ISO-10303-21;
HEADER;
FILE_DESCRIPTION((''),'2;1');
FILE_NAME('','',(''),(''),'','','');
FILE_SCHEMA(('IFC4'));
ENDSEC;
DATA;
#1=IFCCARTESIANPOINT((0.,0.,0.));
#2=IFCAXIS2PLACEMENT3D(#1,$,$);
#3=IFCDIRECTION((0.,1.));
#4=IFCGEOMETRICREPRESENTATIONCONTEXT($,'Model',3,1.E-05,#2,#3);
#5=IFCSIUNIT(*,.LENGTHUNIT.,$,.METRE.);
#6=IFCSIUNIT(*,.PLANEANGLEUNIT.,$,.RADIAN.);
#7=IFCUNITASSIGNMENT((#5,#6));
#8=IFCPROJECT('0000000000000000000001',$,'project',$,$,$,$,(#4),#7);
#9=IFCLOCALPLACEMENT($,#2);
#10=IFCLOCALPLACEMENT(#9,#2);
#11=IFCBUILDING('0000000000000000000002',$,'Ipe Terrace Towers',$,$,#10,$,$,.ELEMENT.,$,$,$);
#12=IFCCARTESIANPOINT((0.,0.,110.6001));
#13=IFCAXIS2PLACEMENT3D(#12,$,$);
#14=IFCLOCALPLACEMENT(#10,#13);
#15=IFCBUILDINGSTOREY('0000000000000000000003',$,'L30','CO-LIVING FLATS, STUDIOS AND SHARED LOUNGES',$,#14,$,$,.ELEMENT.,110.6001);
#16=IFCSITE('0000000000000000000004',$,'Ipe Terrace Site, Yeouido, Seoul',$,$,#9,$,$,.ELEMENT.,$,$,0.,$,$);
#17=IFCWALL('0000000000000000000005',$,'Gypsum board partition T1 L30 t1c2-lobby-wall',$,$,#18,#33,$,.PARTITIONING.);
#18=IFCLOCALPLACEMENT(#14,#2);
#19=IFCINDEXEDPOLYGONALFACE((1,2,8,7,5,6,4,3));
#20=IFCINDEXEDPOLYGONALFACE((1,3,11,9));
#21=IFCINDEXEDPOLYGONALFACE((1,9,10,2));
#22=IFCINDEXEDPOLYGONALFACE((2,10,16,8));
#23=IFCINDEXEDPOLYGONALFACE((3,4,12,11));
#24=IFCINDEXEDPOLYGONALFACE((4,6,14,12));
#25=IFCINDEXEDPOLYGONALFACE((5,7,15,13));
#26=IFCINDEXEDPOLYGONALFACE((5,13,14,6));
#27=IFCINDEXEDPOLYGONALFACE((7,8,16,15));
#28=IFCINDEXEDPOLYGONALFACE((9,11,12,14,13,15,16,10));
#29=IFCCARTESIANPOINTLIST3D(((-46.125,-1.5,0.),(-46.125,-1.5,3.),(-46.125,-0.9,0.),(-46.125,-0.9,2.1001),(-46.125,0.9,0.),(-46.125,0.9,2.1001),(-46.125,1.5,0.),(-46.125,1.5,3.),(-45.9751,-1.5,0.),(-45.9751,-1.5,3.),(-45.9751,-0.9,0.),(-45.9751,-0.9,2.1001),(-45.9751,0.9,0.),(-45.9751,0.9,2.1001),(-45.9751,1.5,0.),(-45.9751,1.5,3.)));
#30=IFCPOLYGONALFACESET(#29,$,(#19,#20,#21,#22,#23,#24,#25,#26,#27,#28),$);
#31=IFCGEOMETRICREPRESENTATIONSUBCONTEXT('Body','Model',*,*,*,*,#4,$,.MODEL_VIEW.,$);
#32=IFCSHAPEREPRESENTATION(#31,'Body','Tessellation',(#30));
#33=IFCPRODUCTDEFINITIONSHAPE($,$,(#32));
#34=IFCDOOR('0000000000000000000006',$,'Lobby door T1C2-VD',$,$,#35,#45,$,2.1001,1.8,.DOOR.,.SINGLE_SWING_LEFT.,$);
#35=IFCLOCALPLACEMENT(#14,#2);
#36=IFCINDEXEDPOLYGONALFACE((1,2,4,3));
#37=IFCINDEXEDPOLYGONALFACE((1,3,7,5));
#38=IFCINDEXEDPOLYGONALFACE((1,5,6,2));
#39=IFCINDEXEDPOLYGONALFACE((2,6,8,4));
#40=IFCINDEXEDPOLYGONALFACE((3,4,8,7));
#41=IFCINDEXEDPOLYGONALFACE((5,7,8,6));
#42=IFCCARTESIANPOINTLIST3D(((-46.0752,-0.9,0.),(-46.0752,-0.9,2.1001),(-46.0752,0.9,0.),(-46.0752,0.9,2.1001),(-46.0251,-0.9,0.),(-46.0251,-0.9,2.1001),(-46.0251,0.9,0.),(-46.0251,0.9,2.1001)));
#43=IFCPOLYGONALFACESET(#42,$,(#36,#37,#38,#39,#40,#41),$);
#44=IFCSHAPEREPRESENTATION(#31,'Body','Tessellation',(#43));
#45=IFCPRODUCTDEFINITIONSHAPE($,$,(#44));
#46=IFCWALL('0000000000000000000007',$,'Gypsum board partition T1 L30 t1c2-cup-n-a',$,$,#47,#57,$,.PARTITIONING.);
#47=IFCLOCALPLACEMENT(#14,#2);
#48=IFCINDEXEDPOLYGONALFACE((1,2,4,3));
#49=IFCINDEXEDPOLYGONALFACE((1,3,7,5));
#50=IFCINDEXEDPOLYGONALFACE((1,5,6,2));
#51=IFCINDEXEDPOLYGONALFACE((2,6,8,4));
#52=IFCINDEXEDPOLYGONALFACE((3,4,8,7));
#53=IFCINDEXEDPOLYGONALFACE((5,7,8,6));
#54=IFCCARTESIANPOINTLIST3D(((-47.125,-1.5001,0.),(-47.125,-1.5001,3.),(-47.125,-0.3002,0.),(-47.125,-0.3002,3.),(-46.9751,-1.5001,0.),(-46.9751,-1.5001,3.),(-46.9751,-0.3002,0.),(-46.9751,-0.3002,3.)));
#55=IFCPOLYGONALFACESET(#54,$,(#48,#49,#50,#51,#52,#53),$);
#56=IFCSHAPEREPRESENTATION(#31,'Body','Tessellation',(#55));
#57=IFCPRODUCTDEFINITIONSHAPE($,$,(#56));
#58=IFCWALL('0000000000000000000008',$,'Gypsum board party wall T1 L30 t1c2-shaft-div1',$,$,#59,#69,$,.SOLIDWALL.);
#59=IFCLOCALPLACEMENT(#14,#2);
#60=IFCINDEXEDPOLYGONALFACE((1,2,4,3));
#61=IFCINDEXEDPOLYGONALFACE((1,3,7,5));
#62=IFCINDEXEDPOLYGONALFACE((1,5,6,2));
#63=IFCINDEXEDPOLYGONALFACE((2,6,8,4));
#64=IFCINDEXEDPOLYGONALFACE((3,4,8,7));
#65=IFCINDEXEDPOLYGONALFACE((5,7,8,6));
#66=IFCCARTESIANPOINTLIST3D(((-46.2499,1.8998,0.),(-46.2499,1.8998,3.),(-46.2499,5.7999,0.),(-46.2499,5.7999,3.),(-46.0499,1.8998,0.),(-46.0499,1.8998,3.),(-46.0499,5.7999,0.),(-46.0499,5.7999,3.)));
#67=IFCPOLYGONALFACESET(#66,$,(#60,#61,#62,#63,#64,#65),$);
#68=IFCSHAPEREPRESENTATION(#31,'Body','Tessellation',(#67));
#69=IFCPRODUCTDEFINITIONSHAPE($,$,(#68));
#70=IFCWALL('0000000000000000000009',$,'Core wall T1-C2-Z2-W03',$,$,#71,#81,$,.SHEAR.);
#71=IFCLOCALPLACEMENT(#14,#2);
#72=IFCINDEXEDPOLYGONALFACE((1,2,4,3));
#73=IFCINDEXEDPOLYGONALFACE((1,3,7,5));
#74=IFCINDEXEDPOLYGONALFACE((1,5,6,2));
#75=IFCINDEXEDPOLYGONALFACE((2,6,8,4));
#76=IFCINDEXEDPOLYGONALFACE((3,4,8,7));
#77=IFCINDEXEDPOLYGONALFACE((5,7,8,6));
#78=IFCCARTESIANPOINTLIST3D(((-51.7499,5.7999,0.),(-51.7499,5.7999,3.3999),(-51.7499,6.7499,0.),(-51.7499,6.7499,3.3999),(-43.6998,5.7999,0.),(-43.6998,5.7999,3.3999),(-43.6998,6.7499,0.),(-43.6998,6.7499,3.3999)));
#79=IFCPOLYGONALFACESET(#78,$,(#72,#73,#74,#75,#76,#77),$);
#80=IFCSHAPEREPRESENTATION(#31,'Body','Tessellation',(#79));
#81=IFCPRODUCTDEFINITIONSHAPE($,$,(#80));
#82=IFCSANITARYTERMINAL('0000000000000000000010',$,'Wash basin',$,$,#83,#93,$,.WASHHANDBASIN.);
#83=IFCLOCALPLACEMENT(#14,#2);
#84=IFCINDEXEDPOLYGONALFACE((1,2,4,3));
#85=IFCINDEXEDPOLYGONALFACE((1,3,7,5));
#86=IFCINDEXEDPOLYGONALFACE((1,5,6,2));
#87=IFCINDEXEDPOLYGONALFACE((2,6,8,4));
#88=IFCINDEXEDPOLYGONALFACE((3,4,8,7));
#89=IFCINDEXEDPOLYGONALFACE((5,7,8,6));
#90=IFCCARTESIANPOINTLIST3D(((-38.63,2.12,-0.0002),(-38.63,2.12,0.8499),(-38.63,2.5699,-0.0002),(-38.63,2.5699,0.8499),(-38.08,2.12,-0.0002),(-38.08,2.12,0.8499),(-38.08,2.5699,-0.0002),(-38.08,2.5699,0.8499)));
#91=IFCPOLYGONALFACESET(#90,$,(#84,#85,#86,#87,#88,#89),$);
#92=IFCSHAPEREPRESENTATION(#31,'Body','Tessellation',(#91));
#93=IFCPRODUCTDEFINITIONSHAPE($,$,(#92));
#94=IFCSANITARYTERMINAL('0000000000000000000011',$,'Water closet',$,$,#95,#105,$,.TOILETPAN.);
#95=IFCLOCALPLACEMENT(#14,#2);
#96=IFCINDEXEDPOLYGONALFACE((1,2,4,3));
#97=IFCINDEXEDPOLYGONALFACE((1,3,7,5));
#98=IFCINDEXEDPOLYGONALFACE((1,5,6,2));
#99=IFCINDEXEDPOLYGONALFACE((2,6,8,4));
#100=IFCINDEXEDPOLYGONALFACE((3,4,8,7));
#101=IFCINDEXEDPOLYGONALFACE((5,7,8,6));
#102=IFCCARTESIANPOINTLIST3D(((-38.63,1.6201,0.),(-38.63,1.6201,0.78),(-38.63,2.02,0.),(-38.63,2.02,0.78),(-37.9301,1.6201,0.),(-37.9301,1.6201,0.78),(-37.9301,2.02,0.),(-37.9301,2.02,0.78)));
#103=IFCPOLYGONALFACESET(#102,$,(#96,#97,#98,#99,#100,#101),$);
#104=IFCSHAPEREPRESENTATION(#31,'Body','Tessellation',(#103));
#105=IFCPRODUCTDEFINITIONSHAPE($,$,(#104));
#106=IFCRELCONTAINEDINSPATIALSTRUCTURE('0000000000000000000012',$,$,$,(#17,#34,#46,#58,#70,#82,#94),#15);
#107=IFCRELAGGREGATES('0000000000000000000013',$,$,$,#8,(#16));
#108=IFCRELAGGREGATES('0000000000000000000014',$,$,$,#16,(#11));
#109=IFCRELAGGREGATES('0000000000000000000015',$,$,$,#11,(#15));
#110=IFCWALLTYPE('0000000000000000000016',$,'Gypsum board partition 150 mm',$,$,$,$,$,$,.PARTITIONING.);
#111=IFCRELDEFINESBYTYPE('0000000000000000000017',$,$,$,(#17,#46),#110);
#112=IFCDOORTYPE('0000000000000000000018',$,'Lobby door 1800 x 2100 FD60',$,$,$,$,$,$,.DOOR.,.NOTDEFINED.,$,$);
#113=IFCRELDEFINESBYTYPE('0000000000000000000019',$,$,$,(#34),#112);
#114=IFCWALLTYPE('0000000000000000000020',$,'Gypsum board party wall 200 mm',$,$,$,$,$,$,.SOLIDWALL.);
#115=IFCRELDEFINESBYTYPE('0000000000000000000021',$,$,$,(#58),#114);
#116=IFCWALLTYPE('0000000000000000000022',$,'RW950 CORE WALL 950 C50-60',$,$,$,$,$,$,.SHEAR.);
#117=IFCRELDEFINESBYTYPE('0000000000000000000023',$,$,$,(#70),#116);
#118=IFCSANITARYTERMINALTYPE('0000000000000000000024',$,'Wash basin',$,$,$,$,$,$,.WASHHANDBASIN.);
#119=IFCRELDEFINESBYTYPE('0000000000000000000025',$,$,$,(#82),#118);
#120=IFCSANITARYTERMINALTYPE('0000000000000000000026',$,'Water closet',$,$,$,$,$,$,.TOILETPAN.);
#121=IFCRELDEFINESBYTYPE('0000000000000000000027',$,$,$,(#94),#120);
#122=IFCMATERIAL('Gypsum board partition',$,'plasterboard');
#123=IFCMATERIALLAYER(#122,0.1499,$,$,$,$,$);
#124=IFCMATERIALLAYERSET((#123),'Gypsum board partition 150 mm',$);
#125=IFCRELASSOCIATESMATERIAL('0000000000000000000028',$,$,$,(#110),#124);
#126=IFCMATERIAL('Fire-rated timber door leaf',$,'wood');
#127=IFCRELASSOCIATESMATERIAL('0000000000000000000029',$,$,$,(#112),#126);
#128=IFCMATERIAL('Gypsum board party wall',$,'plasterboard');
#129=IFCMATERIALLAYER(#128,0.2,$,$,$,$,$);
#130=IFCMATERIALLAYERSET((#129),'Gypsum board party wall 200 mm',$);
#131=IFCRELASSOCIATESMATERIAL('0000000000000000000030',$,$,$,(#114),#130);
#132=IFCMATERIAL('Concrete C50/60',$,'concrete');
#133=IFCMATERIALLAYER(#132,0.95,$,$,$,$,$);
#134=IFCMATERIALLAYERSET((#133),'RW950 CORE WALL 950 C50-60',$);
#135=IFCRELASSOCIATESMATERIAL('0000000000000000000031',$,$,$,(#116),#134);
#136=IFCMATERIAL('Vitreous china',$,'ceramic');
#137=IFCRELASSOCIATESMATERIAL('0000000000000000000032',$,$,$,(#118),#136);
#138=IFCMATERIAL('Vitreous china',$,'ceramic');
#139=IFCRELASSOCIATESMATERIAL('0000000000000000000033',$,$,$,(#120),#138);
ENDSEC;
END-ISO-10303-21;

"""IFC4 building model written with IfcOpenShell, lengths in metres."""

from ifc_helpers import new_model, si_unit, direction, frame, frame_2d, origin, origin_2d, place, context, subcontext, project, spatial, rectangle, extrude, material, layer, layer_set, type_object, element, fill, save


model = new_model("IFC4")

# Units and contexts
model_context = context("Model", 3, precision=1e-05, world=origin(), true_north=direction((0.0, 1.0)))
body_context = subcontext(model_context, "Body", "Model", "MODEL_VIEW")
ifc_project = project(units=[si_unit("LENGTHUNIT", "METRE"), si_unit("PLANEANGLEUNIT", "RADIAN")], contexts=[model_context])

# Site, building, storey
site_placement = place(None, origin())
site = spatial("IfcSite", under=ifc_project, at=site_placement, Name="Ipe Terrace Site, Yeouido, Seoul", CompositionType="ELEMENT", RefElevation=0.0)
building_placement = place(site_placement, origin())
building = spatial("IfcBuilding", under=site, at=building_placement, Name="Ipe Terrace Towers", CompositionType="ELEMENT")
storey_placement = place(building_placement, frame((0.0, 0.0, 110.6001)))
storey = spatial("IfcBuildingStorey", under=building, at=storey_placement, Name="L30", Description="CO-LIVING FLATS, STUDIOS AND SHARED LOUNGES", CompositionType="ELEMENT", Elevation=110.6001)

# Wall, opening, door
ifc_material_1 = material(Name="Gypsum board partition", Category="plasterboard")
ifc_layer_1 = layer(ifc_material_1, 0.1499)
ifc_layer_set_1 = layer_set([ifc_layer_1], Name="Gypsum board partition 150 mm")
wall_type_1 = type_object("IfcWallType", Name="Gypsum board partition 150 mm", PredefinedType="PARTITIONING", material=ifc_layer_set_1)
wall_1_placement = place(storey_placement, frame((-46.05, 1.5, 0.0), z_axis=(0.0, 0.0, 1.0), x_axis=(0.0, -1.0, 0.0)))
wall_1 = element("IfcWall", 1, at=wall_1_placement, inside=storey, type_object=wall_type_1, Name="Gypsum board partition T1 L30 t1c2-lobby-wall", PredefinedType="PARTITIONING", context=body_context, shape_type="SweptSolid", body=[
    extrude(rectangle(XDim=3.0, YDim=0.1499, at=frame_2d((1.5, 0.0))), origin(), (0.0, 0.0, 1.0), 3.0),
])
opening_1_placement = place(wall_1_placement, frame((0.6001, 0.0, 0.0)))
opening_1 = element("IfcOpeningElement", 2, at=opening_1_placement, cuts=wall_1, PredefinedType="OPENING", context=body_context, shape_type="SweptSolid", body=[
    extrude(rectangle(XDim=1.8, YDim=2.1001, at=frame_2d((0.8999, 1.05))), frame((0.0, 0.085, 0.0), z_axis=(0.0, -1.0, 0.0), x_axis=(1.0, 0.0, 0.0)), (0.0, 0.0, 1.0), 0.1699),
])
ifc_material_2 = material(Name="Fire-rated timber door leaf", Category="wood")
door_type_1 = type_object("IfcDoorType", Name="Lobby door 1800 x 2100 FD60", OperationType="NOTDEFINED", PredefinedType="DOOR", material=ifc_material_2)
door_1_placement = place(opening_1_placement, origin())
door_1 = element("IfcDoor", 3, at=door_1_placement, inside=storey, type_object=door_type_1, Name="Lobby door T1C2-VD", OperationType="SINGLE_SWING_LEFT", OverallHeight=2.1001, OverallWidth=1.8, PredefinedType="DOOR", context=body_context, shape_type="SweptSolid", body=[
    extrude(rectangle(XDim=1.8, YDim=2.1001, at=frame_2d((0.8999, 1.05))), frame((0.0, 0.0249, 0.0), z_axis=(0.0, -1.0, 0.0), x_axis=(1.0, 0.0, 0.0)), (0.0, 0.0, 1.0), 0.05),
])
fill(opening_1, door_1)

# Walls
wall_2_placement = place(storey_placement, frame((-47.05, -0.3, 0.0), z_axis=(0.0, 0.0, 1.0), x_axis=(0.0, -1.0, 0.0)))
element("IfcWall", 4, at=wall_2_placement, inside=storey, type_object=wall_type_1, Name="Gypsum board partition T1 L30 t1c2-cup-n-a", PredefinedType="PARTITIONING", context=body_context, shape_type="SweptSolid", body=[
    extrude(rectangle(XDim=1.2, YDim=0.1499, at=frame_2d((0.6001, 0.0))), origin(), (0.0, 0.0, 1.0), 3.0),
])
ifc_material_3 = material(Name="Gypsum board party wall", Category="plasterboard")
ifc_layer_2 = layer(ifc_material_3, 0.2)
ifc_layer_set_2 = layer_set([ifc_layer_2], Name="Gypsum board party wall 200 mm")
wall_type_2 = type_object("IfcWallType", Name="Gypsum board party wall 200 mm", PredefinedType="SOLIDWALL", material=ifc_layer_set_2)
wall_3_placement = place(storey_placement, frame((-46.1499, 5.8, 0.0), z_axis=(0.0, 0.0, 1.0), x_axis=(0.0, -1.0, 0.0)))
element("IfcWall", 5, at=wall_3_placement, inside=storey, type_object=wall_type_2, Name="Gypsum board party wall T1 L30 t1c2-shaft-div1", PredefinedType="SOLIDWALL", context=body_context, shape_type="SweptSolid", body=[
    extrude(rectangle(XDim=3.9001, YDim=0.2, at=frame_2d((1.9502, 0.0))), origin(), (0.0, 0.0, 1.0), 3.0),
])
ifc_material_4 = material(Name="Concrete C50/60", Category="concrete")
ifc_layer_3 = layer(ifc_material_4, 0.95)
ifc_layer_set_3 = layer_set([ifc_layer_3], Name="RW950 CORE WALL 950 C50-60")
wall_type_3 = type_object("IfcWallType", Name="RW950 CORE WALL 950 C50-60", PredefinedType="SHEAR", material=ifc_layer_set_3)
wall_4_placement = place(storey_placement, frame((-43.7, 6.2749, 0.0), z_axis=(0.0, 0.0, 1.0), x_axis=(-1.0, 0.0, 0.0)))
element("IfcWall", 6, at=wall_4_placement, inside=storey, type_object=wall_type_3, Name="Core wall T1-C2-Z2-W03", PredefinedType="SHEAR", context=body_context, shape_type="SweptSolid", body=[
    extrude(rectangle(XDim=8.05, YDim=0.95, at=frame_2d((4.0249, 0.0))), origin(), (0.0, 0.0, 1.0), 3.3999),
])

# Sanitary terminals
ifc_material_5 = material(Name="Vitreous china", Category="ceramic")
sanitary_terminal_type_1 = type_object("IfcSanitaryTerminalType", Name="Wash basin", PredefinedType="WASHHANDBASIN", material=ifc_material_5)
sanitary_terminal_1_placement = place(storey_placement, frame((-38.355, 2.345, -0.0002), z_axis=(0.0, 0.0, 1.0), x_axis=(1.0, 0.0, 0.0)))
element("IfcSanitaryTerminal", 7, at=sanitary_terminal_1_placement, inside=storey, type_object=sanitary_terminal_type_1, Name="Wash basin", PredefinedType="WASHHANDBASIN", context=body_context, shape_type="SweptSolid", body=[
    extrude(rectangle(XDim=0.55, YDim=0.45, at=origin_2d()), origin(), (0.0, 0.0, 1.0), 0.8501),
])
ifc_material_6 = material(Name="Vitreous china", Category="ceramic")
sanitary_terminal_type_2 = type_object("IfcSanitaryTerminalType", Name="Water closet", PredefinedType="TOILETPAN", material=ifc_material_6)
sanitary_terminal_2_placement = place(storey_placement, frame((-38.28, 1.8201, 0.0), z_axis=(0.0, 0.0, 1.0), x_axis=(1.0, 0.0, 0.0)))
element("IfcSanitaryTerminal", 8, at=sanitary_terminal_2_placement, inside=storey, type_object=sanitary_terminal_type_2, Name="Water closet", PredefinedType="TOILETPAN", context=body_context, shape_type="SweptSolid", body=[
    extrude(rectangle(XDim=0.7, YDim=0.3999, at=origin_2d()), origin(), (0.0, 0.0, 1.0), 0.78),
])

save(model, "model.ifc")
